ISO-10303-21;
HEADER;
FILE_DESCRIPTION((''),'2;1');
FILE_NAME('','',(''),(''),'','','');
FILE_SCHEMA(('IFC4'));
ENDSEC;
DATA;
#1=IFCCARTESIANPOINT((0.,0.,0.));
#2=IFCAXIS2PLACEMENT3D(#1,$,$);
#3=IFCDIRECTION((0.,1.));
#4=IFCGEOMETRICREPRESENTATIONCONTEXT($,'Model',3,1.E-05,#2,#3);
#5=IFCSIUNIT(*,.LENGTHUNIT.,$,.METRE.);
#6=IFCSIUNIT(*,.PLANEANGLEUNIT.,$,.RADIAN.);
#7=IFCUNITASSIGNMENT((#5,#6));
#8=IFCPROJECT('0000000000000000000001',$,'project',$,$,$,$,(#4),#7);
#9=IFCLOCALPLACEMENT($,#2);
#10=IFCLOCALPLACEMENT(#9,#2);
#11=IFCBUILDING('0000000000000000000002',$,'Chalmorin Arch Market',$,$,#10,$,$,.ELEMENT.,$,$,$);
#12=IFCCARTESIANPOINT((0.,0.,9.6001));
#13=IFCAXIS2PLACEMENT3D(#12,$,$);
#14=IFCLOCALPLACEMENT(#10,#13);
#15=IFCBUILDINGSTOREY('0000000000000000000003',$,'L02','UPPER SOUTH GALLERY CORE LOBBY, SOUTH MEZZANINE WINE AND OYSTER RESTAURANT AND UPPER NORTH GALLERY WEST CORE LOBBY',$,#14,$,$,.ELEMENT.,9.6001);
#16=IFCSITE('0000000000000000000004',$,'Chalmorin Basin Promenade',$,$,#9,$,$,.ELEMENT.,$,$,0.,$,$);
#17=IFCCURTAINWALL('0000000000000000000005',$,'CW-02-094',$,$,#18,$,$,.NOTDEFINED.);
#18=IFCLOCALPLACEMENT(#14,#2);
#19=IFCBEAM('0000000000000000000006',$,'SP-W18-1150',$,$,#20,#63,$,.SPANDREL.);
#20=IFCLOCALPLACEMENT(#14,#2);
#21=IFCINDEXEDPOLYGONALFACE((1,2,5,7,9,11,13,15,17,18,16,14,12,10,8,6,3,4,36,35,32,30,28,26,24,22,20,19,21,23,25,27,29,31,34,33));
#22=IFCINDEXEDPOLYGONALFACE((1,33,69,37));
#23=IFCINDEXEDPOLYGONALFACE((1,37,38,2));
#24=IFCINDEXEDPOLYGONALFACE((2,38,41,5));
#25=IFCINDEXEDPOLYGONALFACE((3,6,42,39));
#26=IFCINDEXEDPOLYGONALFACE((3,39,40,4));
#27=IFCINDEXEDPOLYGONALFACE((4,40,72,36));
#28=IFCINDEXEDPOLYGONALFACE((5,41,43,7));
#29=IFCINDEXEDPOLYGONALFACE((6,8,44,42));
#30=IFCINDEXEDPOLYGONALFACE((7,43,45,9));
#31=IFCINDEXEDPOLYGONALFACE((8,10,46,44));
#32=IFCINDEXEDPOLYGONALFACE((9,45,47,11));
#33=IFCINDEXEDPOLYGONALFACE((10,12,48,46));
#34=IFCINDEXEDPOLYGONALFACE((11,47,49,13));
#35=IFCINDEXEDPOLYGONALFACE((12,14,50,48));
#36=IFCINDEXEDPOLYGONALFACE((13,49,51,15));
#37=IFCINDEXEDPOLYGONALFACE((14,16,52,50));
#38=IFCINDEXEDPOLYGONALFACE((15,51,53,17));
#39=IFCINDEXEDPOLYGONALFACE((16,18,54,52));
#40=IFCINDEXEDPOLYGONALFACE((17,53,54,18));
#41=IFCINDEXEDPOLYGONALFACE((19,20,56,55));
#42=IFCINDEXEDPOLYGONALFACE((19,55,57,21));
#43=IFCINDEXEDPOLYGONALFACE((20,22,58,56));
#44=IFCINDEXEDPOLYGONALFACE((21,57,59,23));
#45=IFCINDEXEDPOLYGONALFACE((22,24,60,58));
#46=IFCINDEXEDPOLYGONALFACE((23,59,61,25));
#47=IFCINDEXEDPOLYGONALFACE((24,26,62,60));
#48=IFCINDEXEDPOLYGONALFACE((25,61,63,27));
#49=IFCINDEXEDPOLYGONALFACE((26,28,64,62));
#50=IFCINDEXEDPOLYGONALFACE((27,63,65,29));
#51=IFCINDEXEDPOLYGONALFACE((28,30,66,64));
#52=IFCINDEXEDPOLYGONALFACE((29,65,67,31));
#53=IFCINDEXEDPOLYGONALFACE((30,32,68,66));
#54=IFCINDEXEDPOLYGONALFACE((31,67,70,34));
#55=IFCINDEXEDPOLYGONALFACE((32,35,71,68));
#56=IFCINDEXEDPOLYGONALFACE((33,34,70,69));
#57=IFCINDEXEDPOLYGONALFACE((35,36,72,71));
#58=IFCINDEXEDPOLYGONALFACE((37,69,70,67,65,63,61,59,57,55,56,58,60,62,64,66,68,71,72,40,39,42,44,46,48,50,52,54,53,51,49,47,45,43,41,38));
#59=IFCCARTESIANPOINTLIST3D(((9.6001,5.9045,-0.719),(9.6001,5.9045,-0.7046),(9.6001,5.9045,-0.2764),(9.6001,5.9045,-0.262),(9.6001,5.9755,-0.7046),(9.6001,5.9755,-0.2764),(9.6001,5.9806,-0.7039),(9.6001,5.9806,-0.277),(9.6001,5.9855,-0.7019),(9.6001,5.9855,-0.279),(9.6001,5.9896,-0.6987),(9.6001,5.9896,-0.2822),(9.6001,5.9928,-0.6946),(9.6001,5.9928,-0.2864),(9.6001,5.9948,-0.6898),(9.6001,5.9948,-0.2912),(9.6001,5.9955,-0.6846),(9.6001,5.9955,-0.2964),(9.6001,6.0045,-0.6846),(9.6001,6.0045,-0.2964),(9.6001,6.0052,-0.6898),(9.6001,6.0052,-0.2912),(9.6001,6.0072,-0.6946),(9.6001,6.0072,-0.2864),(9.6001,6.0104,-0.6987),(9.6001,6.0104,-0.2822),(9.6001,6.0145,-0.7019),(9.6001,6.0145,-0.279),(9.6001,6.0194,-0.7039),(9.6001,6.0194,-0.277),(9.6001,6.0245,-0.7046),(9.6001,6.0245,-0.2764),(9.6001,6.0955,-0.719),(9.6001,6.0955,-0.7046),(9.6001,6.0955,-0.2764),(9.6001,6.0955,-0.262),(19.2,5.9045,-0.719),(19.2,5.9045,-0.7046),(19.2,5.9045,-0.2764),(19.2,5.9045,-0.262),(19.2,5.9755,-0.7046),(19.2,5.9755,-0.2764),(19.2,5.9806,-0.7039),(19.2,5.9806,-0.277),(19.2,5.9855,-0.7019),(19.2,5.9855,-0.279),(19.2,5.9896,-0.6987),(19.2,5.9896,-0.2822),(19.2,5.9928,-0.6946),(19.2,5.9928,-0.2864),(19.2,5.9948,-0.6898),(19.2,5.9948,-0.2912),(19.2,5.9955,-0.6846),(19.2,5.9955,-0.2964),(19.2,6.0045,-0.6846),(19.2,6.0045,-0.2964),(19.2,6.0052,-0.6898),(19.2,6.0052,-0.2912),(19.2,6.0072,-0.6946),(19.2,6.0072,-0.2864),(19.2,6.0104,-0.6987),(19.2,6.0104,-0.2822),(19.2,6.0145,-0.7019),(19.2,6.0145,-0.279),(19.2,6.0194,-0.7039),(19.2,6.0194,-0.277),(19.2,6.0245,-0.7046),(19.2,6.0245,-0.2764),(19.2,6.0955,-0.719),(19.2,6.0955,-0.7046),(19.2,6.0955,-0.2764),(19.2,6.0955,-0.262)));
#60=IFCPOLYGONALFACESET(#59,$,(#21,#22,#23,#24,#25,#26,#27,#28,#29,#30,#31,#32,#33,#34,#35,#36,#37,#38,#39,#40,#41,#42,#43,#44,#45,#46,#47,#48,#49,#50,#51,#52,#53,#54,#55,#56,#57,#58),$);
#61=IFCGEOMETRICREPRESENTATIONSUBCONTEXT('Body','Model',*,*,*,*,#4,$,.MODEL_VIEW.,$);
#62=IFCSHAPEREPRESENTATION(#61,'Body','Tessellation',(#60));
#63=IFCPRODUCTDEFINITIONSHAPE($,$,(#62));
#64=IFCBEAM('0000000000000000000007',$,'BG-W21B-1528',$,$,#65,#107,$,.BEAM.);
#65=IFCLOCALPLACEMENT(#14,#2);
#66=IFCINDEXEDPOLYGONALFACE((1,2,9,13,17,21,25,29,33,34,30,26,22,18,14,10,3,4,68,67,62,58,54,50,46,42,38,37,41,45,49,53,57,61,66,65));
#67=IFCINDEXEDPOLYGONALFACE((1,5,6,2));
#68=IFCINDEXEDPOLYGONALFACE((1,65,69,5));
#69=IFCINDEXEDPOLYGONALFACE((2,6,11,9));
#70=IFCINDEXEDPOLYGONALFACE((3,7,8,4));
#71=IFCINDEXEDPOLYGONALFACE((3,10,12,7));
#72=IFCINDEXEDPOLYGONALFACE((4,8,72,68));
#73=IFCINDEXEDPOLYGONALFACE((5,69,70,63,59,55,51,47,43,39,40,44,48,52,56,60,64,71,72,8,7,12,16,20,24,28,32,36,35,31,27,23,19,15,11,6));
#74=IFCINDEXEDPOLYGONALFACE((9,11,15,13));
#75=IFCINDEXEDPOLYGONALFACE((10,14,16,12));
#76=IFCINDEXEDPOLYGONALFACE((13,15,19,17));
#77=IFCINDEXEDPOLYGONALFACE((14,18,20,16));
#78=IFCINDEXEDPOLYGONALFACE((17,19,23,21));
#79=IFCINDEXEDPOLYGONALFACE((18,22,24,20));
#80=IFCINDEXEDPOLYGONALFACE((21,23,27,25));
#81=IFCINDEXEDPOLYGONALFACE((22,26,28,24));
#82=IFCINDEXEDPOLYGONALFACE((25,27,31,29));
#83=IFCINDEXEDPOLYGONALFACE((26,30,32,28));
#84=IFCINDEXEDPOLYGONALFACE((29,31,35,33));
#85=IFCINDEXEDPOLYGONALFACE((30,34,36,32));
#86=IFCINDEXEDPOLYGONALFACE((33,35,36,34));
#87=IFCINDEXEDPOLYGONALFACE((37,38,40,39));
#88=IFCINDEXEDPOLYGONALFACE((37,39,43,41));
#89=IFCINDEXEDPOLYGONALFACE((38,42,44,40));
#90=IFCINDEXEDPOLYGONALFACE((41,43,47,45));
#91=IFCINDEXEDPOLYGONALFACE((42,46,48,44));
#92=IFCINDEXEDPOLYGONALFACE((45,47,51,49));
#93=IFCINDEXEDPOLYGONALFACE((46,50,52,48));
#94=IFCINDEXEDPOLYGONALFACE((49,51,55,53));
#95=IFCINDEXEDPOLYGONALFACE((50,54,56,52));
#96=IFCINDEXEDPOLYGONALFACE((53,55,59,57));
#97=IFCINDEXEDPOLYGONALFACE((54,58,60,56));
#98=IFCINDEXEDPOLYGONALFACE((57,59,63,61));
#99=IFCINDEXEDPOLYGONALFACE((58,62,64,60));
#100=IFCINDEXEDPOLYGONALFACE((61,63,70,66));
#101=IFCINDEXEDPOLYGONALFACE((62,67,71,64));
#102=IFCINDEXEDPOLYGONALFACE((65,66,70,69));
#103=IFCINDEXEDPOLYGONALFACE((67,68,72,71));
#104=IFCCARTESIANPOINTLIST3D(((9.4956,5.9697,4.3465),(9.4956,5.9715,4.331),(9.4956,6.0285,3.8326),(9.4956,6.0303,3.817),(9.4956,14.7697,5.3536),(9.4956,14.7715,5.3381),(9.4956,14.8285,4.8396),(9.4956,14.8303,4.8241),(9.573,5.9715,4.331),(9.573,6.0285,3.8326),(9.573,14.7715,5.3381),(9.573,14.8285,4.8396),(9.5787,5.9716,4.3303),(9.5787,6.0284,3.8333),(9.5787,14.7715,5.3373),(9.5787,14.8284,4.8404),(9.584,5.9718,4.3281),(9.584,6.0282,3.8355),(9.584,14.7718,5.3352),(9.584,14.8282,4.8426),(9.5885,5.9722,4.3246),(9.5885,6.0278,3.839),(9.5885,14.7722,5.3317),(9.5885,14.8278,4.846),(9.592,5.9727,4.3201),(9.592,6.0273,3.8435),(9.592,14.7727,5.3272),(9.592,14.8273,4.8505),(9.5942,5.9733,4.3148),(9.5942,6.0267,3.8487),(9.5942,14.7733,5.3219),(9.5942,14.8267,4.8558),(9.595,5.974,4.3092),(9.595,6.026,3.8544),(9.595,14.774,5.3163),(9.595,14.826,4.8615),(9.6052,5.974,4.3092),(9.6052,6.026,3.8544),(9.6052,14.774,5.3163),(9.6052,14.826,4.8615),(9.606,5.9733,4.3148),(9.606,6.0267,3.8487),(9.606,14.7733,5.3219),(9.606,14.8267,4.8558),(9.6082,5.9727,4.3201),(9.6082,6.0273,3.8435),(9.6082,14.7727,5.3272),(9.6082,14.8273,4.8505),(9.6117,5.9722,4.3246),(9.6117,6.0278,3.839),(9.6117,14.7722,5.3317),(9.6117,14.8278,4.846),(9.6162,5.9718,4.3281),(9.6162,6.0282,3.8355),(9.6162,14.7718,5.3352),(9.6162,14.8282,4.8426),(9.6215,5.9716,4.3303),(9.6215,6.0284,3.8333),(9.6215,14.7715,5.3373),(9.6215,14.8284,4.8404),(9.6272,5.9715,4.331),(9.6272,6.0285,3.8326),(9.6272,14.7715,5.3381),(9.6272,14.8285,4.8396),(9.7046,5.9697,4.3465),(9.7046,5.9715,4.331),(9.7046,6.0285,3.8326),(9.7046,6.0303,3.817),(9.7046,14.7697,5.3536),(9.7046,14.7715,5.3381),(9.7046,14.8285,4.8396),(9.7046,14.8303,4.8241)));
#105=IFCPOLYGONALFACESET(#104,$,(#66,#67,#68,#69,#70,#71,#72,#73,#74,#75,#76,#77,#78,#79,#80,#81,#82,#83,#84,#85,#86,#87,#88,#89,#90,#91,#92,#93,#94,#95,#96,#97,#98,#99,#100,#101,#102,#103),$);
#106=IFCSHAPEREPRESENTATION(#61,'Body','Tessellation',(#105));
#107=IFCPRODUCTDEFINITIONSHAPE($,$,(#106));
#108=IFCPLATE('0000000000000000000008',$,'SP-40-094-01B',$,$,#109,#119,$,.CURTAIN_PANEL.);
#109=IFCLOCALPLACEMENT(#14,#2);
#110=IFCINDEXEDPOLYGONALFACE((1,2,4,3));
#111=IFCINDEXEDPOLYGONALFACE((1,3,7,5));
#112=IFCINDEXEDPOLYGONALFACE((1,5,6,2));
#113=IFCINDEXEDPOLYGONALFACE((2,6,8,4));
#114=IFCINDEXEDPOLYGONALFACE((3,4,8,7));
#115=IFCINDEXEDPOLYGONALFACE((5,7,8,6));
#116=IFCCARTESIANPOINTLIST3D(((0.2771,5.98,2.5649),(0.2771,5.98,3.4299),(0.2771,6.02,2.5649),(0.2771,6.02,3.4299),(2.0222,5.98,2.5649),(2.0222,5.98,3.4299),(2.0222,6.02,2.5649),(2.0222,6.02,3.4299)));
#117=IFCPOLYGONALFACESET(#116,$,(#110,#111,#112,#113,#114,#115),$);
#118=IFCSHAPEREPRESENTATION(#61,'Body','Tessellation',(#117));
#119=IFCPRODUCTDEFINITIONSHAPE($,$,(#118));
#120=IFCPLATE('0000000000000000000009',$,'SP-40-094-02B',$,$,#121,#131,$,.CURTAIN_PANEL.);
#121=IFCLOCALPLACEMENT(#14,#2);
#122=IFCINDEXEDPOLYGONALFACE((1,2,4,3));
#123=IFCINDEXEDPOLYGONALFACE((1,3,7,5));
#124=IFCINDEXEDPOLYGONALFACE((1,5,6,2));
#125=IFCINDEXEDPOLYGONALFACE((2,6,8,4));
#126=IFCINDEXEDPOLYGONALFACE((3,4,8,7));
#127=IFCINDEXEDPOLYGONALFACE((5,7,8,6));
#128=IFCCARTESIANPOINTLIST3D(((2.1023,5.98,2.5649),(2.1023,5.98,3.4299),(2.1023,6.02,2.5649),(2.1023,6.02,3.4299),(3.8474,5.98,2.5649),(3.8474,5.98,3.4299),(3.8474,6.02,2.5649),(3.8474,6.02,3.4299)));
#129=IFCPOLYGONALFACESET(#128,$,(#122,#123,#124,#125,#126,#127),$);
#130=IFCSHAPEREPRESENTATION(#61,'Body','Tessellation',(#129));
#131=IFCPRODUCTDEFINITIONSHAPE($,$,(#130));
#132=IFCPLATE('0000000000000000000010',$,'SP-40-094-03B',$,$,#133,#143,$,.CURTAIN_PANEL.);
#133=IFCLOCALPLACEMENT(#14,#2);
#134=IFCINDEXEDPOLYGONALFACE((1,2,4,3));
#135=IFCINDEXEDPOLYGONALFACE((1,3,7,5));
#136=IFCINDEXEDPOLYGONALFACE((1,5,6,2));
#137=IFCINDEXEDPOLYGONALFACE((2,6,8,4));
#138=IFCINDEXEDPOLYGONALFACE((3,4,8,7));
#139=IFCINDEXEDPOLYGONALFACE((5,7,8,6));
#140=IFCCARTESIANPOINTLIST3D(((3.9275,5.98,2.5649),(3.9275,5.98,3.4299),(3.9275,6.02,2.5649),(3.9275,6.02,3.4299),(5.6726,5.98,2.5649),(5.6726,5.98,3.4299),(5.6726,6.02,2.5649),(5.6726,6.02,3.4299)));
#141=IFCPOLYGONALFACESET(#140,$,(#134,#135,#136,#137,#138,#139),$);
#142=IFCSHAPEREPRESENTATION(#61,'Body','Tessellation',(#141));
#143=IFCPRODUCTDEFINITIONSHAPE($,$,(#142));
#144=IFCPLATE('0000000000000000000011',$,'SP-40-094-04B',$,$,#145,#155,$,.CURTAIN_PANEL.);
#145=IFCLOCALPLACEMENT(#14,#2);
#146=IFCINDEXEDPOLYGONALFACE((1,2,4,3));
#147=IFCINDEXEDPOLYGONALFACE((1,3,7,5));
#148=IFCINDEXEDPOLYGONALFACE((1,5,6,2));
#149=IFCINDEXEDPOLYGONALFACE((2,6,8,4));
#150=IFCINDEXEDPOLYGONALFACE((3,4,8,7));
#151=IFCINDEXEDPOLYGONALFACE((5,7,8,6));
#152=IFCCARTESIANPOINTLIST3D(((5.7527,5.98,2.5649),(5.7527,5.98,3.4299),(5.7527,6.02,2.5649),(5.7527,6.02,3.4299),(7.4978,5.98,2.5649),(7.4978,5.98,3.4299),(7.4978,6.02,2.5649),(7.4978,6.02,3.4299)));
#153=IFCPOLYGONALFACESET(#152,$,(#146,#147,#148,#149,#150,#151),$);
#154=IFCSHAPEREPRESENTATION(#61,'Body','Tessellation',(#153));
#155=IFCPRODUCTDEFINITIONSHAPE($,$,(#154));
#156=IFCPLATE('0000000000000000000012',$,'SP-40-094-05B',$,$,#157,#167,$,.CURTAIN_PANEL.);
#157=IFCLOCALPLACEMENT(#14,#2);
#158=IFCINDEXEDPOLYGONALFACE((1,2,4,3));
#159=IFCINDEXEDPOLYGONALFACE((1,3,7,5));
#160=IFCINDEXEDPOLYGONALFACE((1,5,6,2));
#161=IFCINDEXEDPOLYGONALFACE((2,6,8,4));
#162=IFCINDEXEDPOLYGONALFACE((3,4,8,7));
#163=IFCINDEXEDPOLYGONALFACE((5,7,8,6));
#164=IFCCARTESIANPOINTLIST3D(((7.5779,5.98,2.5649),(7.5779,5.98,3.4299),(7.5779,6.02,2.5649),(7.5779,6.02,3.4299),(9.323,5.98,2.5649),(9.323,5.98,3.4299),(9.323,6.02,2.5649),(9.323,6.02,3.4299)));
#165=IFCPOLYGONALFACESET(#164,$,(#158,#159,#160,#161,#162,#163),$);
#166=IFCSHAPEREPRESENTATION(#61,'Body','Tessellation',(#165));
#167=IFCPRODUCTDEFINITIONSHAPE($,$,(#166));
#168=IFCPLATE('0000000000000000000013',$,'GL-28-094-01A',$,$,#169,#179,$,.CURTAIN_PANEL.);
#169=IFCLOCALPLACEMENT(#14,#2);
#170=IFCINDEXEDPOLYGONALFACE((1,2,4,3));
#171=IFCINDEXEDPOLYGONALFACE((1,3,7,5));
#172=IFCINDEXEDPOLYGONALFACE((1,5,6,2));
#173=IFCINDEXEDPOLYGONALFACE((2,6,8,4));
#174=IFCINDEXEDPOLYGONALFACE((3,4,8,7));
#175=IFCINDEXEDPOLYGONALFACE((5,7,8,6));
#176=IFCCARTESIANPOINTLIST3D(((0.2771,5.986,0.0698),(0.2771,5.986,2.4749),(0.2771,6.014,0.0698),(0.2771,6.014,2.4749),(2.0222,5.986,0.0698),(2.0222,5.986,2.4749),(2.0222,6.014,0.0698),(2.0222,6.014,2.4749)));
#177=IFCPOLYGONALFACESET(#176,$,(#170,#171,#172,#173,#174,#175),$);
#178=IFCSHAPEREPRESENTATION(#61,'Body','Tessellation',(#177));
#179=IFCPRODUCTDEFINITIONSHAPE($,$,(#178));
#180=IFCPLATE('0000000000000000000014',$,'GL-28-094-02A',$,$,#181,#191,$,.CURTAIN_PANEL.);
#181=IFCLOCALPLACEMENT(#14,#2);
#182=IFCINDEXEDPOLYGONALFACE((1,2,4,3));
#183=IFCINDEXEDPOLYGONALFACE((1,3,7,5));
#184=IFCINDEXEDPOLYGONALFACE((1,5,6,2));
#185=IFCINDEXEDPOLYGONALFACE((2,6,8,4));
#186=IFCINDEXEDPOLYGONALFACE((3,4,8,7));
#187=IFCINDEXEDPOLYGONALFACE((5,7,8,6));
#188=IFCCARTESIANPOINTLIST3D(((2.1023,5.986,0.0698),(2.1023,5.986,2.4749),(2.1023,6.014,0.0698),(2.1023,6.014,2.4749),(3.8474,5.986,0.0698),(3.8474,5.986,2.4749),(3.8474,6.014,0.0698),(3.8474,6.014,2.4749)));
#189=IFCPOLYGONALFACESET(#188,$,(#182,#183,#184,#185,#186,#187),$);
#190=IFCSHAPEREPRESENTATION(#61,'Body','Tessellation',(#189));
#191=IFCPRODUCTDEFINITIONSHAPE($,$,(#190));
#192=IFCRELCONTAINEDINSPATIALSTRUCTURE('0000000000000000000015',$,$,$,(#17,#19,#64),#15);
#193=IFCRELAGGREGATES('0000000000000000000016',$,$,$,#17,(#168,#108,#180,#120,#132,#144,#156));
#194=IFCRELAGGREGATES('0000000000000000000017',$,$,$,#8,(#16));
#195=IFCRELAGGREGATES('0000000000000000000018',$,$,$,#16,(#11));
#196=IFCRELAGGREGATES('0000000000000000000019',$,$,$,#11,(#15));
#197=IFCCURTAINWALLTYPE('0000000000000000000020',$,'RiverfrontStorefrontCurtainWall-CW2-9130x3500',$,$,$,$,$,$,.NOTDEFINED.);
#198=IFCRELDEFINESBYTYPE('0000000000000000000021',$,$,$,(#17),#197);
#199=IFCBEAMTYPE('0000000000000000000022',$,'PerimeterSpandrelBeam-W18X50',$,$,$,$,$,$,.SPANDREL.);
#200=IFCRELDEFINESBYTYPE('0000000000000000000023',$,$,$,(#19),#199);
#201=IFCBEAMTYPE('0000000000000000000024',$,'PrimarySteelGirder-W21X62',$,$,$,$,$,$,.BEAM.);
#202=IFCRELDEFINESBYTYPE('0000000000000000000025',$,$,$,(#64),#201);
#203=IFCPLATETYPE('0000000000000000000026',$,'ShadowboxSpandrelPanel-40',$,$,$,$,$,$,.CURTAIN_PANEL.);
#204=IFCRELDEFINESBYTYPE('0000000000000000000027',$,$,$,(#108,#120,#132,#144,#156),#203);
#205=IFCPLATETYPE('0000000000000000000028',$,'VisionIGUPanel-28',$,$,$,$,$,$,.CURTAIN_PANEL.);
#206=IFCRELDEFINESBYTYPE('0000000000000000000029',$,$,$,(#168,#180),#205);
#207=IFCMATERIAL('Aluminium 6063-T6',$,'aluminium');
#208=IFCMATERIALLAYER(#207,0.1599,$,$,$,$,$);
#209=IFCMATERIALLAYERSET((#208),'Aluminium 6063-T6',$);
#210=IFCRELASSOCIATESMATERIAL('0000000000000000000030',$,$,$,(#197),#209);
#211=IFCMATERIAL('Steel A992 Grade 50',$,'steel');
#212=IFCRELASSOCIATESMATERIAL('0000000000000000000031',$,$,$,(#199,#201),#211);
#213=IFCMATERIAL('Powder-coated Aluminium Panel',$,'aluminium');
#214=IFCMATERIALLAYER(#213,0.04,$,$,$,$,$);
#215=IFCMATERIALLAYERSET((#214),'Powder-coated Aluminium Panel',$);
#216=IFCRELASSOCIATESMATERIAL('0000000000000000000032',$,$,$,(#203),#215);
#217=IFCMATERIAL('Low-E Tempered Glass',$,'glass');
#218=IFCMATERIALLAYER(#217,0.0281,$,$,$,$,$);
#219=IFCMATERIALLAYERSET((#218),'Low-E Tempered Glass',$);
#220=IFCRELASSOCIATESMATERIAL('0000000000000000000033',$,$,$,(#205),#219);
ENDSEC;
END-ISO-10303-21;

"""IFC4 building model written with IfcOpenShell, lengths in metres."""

from ifc_helpers import new_model, si_unit, direction, frame, origin, origin_2d, place, context, subcontext, project, spatial, rectangle, i_section, extrude, material, layer, layer_set, material_profile, profile_set, type_object, element, aggregate, save


model = new_model("IFC4")

# Units and contexts
model_context = context("Model", 3, precision=1e-05, world=origin(), true_north=direction((0.0, 1.0)))
body_context = subcontext(model_context, "Body", "Model", "MODEL_VIEW")
ifc_project = project(units=[si_unit("LENGTHUNIT", "METRE"), si_unit("PLANEANGLEUNIT", "RADIAN")], contexts=[model_context])

# Site, building, storey
site_placement = place(None, origin())
site = spatial("IfcSite", under=ifc_project, at=site_placement, Name="Chalmorin Basin Promenade", CompositionType="ELEMENT", RefElevation=0.0)
building_placement = place(site_placement, origin())
building = spatial("IfcBuilding", under=site, at=building_placement, Name="Chalmorin Arch Market", CompositionType="ELEMENT")
storey_placement = place(building_placement, frame((0.0, 0.0, 9.6001)))
storey = spatial("IfcBuildingStorey", under=building, at=storey_placement, Name="L02", Description="UPPER SOUTH GALLERY CORE LOBBY, SOUTH MEZZANINE WINE AND OYSTER RESTAURANT AND UPPER NORTH GALLERY WEST CORE LOBBY", CompositionType="ELEMENT", Elevation=9.6001)

# Curtain wall
ifc_material_1 = material(Name="Aluminium 6063-T6", Category="aluminium")
ifc_layer_1 = layer(ifc_material_1, 0.1599)
ifc_layer_set_1 = layer_set([ifc_layer_1], Name="Aluminium 6063-T6")
curtain_wall_type = type_object("IfcCurtainWallType", Name="RiverfrontStorefrontCurtainWall-CW2-9130x3500", PredefinedType="NOTDEFINED", material=ifc_layer_set_1)
curtain_wall_placement = place(storey_placement, origin())
curtain_wall = element("IfcCurtainWall", 1, at=curtain_wall_placement, inside=storey, type_object=curtain_wall_type, Name="CW-02-094", PredefinedType="NOTDEFINED")

# Beams
ifc_material_2 = material(Name="Steel A992 Grade 50", Category="steel")
ifc_material_profile_1 = material_profile(ifc_material_2, i_section(OverallWidth=0.1909, OverallDepth=0.457, WebThickness=0.009, FlangeThickness=0.0144, FilletRadius=0.02, at=origin_2d()), Name="W18X50")
ifc_profile_set_1 = profile_set([ifc_material_profile_1], Name="Steel A992 Grade 50")
beam_type_1 = type_object("IfcBeamType", Name="PerimeterSpandrelBeam-W18X50", PredefinedType="SPANDREL", material=ifc_profile_set_1)
beam_1_placement = place(storey_placement, frame((9.6001, 6.0, -0.4905), z_axis=(1.0, 0.0, 0.0), x_axis=(0.0, 1.0, 0.0)))
element("IfcBeam", 2, at=beam_1_placement, inside=storey, type_object=beam_type_1, Name="SP-W18-1150", PredefinedType="SPANDREL", context=body_context, shape_type="SweptSolid", body=[
    extrude(i_section(OverallWidth=0.1909, OverallDepth=0.457, WebThickness=0.009, FlangeThickness=0.0144, FilletRadius=0.02, at=origin_2d()), origin(), (0.0, 0.0, 1.0), 9.5999),
])
ifc_material_profile_2 = material_profile(ifc_material_2, i_section(OverallWidth=0.209, OverallDepth=0.533, WebThickness=0.0103, FlangeThickness=0.0156, FilletRadius=0.022, at=origin_2d()), Name="W21X62")
ifc_profile_set_2 = profile_set([ifc_material_profile_2], Name="Steel A992 Grade 50")
beam_type_2 = type_object("IfcBeamType", Name="PrimarySteelGirder-W21X62", PredefinedType="BEAM", material=ifc_profile_set_2)
beam_2_placement = place(storey_placement, frame((9.6001, 6.0, 4.0818), z_axis=(0.0, 0.993515, 0.113698), x_axis=(-1.0, 0.0, 0.0)))
element("IfcBeam", 3, at=beam_2_placement, inside=storey, type_object=beam_type_2, Name="BG-W21B-1528", PredefinedType="BEAM", context=body_context, shape_type="SweptSolid", body=[
    extrude(i_section(OverallWidth=0.209, OverallDepth=0.533, WebThickness=0.0103, FlangeThickness=0.0156, FilletRadius=0.022, at=origin_2d()), origin(), (0.0, 0.0, 1.0), 8.8574),
])

# Plates
ifc_material_3 = material(Name="Powder-coated Aluminium Panel", Category="aluminium")
ifc_layer_2 = layer(ifc_material_3, 0.04)
ifc_layer_set_2 = layer_set([ifc_layer_2], Name="Powder-coated Aluminium Panel")
plate_type_1 = type_object("IfcPlateType", Name="ShadowboxSpandrelPanel-40", PredefinedType="CURTAIN_PANEL", material=ifc_layer_set_2)
plate_1_placement = place(storey_placement, frame((1.1497, 6.0, 2.5649), z_axis=(0.0, 0.0, 1.0), x_axis=(1.0, 0.0, 0.0)))
plate_1 = element("IfcPlate", 4, at=plate_1_placement, type_object=plate_type_1, Name="SP-40-094-01B", PredefinedType="CURTAIN_PANEL", context=body_context, shape_type="SweptSolid", body=[
    extrude(rectangle(XDim=1.7451, YDim=0.04, at=origin_2d()), origin(), (0.0, 0.0, 1.0), 0.865),
])
plate_2_placement = place(storey_placement, frame((2.9749, 6.0, 2.5649), z_axis=(0.0, 0.0, 1.0), x_axis=(1.0, 0.0, 0.0)))
plate_2 = element("IfcPlate", 5, at=plate_2_placement, type_object=plate_type_1, Name="SP-40-094-02B", PredefinedType="CURTAIN_PANEL", context=body_context, shape_type="SweptSolid", body=[
    extrude(rectangle(XDim=1.7451, YDim=0.04, at=origin_2d()), origin(), (0.0, 0.0, 1.0), 0.865),
])
plate_3_placement = place(storey_placement, frame((4.8, 6.0, 2.5649), z_axis=(0.0, 0.0, 1.0), x_axis=(1.0, 0.0, 0.0)))
plate_3 = element("IfcPlate", 6, at=plate_3_placement, type_object=plate_type_1, Name="SP-40-094-03B", PredefinedType="CURTAIN_PANEL", context=body_context, shape_type="SweptSolid", body=[
    extrude(rectangle(XDim=1.7451, YDim=0.04, at=origin_2d()), origin(), (0.0, 0.0, 1.0), 0.865),
])
plate_4_placement = place(storey_placement, frame((6.6252, 6.0, 2.5649), z_axis=(0.0, 0.0, 1.0), x_axis=(1.0, 0.0, 0.0)))
plate_4 = element("IfcPlate", 7, at=plate_4_placement, type_object=plate_type_1, Name="SP-40-094-04B", PredefinedType="CURTAIN_PANEL", context=body_context, shape_type="SweptSolid", body=[
    extrude(rectangle(XDim=1.7451, YDim=0.04, at=origin_2d()), origin(), (0.0, 0.0, 1.0), 0.865),
])
plate_5_placement = place(storey_placement, frame((8.4504, 6.0, 2.5649), z_axis=(0.0, 0.0, 1.0), x_axis=(1.0, 0.0, 0.0)))
plate_5 = element("IfcPlate", 8, at=plate_5_placement, type_object=plate_type_1, Name="SP-40-094-05B", PredefinedType="CURTAIN_PANEL", context=body_context, shape_type="SweptSolid", body=[
    extrude(rectangle(XDim=1.7451, YDim=0.04, at=origin_2d()), origin(), (0.0, 0.0, 1.0), 0.865),
])
ifc_material_4 = material(Name="Low-E Tempered Glass", Category="glass")
ifc_layer_3 = layer(ifc_material_4, 0.0281)
ifc_layer_set_3 = layer_set([ifc_layer_3], Name="Low-E Tempered Glass")
plate_type_2 = type_object("IfcPlateType", Name="VisionIGUPanel-28", PredefinedType="CURTAIN_PANEL", material=ifc_layer_set_3)
plate_6_placement = place(storey_placement, frame((1.1497, 6.0, 0.0698), z_axis=(0.0, 0.0, 1.0), x_axis=(1.0, 0.0, 0.0)))
plate_6 = element("IfcPlate", 9, at=plate_6_placement, type_object=plate_type_2, Name="GL-28-094-01A", PredefinedType="CURTAIN_PANEL", context=body_context, shape_type="SweptSolid", body=[
    extrude(rectangle(XDim=1.7451, YDim=0.0281, at=origin_2d()), origin(), (0.0, 0.0, 1.0), 2.405),
])
plate_7_placement = place(storey_placement, frame((2.9749, 6.0, 0.0698), z_axis=(0.0, 0.0, 1.0), x_axis=(1.0, 0.0, 0.0)))
plate_7 = element("IfcPlate", 10, at=plate_7_placement, type_object=plate_type_2, Name="GL-28-094-02A", PredefinedType="CURTAIN_PANEL", context=body_context, shape_type="SweptSolid", body=[
    extrude(rectangle(XDim=1.7451, YDim=0.0281, at=origin_2d()), origin(), (0.0, 0.0, 1.0), 2.405),
])
aggregate(curtain_wall, [plate_6, plate_1, plate_7, plate_2, plate_3, plate_4, plate_5])

save(model, "model.ifc")
